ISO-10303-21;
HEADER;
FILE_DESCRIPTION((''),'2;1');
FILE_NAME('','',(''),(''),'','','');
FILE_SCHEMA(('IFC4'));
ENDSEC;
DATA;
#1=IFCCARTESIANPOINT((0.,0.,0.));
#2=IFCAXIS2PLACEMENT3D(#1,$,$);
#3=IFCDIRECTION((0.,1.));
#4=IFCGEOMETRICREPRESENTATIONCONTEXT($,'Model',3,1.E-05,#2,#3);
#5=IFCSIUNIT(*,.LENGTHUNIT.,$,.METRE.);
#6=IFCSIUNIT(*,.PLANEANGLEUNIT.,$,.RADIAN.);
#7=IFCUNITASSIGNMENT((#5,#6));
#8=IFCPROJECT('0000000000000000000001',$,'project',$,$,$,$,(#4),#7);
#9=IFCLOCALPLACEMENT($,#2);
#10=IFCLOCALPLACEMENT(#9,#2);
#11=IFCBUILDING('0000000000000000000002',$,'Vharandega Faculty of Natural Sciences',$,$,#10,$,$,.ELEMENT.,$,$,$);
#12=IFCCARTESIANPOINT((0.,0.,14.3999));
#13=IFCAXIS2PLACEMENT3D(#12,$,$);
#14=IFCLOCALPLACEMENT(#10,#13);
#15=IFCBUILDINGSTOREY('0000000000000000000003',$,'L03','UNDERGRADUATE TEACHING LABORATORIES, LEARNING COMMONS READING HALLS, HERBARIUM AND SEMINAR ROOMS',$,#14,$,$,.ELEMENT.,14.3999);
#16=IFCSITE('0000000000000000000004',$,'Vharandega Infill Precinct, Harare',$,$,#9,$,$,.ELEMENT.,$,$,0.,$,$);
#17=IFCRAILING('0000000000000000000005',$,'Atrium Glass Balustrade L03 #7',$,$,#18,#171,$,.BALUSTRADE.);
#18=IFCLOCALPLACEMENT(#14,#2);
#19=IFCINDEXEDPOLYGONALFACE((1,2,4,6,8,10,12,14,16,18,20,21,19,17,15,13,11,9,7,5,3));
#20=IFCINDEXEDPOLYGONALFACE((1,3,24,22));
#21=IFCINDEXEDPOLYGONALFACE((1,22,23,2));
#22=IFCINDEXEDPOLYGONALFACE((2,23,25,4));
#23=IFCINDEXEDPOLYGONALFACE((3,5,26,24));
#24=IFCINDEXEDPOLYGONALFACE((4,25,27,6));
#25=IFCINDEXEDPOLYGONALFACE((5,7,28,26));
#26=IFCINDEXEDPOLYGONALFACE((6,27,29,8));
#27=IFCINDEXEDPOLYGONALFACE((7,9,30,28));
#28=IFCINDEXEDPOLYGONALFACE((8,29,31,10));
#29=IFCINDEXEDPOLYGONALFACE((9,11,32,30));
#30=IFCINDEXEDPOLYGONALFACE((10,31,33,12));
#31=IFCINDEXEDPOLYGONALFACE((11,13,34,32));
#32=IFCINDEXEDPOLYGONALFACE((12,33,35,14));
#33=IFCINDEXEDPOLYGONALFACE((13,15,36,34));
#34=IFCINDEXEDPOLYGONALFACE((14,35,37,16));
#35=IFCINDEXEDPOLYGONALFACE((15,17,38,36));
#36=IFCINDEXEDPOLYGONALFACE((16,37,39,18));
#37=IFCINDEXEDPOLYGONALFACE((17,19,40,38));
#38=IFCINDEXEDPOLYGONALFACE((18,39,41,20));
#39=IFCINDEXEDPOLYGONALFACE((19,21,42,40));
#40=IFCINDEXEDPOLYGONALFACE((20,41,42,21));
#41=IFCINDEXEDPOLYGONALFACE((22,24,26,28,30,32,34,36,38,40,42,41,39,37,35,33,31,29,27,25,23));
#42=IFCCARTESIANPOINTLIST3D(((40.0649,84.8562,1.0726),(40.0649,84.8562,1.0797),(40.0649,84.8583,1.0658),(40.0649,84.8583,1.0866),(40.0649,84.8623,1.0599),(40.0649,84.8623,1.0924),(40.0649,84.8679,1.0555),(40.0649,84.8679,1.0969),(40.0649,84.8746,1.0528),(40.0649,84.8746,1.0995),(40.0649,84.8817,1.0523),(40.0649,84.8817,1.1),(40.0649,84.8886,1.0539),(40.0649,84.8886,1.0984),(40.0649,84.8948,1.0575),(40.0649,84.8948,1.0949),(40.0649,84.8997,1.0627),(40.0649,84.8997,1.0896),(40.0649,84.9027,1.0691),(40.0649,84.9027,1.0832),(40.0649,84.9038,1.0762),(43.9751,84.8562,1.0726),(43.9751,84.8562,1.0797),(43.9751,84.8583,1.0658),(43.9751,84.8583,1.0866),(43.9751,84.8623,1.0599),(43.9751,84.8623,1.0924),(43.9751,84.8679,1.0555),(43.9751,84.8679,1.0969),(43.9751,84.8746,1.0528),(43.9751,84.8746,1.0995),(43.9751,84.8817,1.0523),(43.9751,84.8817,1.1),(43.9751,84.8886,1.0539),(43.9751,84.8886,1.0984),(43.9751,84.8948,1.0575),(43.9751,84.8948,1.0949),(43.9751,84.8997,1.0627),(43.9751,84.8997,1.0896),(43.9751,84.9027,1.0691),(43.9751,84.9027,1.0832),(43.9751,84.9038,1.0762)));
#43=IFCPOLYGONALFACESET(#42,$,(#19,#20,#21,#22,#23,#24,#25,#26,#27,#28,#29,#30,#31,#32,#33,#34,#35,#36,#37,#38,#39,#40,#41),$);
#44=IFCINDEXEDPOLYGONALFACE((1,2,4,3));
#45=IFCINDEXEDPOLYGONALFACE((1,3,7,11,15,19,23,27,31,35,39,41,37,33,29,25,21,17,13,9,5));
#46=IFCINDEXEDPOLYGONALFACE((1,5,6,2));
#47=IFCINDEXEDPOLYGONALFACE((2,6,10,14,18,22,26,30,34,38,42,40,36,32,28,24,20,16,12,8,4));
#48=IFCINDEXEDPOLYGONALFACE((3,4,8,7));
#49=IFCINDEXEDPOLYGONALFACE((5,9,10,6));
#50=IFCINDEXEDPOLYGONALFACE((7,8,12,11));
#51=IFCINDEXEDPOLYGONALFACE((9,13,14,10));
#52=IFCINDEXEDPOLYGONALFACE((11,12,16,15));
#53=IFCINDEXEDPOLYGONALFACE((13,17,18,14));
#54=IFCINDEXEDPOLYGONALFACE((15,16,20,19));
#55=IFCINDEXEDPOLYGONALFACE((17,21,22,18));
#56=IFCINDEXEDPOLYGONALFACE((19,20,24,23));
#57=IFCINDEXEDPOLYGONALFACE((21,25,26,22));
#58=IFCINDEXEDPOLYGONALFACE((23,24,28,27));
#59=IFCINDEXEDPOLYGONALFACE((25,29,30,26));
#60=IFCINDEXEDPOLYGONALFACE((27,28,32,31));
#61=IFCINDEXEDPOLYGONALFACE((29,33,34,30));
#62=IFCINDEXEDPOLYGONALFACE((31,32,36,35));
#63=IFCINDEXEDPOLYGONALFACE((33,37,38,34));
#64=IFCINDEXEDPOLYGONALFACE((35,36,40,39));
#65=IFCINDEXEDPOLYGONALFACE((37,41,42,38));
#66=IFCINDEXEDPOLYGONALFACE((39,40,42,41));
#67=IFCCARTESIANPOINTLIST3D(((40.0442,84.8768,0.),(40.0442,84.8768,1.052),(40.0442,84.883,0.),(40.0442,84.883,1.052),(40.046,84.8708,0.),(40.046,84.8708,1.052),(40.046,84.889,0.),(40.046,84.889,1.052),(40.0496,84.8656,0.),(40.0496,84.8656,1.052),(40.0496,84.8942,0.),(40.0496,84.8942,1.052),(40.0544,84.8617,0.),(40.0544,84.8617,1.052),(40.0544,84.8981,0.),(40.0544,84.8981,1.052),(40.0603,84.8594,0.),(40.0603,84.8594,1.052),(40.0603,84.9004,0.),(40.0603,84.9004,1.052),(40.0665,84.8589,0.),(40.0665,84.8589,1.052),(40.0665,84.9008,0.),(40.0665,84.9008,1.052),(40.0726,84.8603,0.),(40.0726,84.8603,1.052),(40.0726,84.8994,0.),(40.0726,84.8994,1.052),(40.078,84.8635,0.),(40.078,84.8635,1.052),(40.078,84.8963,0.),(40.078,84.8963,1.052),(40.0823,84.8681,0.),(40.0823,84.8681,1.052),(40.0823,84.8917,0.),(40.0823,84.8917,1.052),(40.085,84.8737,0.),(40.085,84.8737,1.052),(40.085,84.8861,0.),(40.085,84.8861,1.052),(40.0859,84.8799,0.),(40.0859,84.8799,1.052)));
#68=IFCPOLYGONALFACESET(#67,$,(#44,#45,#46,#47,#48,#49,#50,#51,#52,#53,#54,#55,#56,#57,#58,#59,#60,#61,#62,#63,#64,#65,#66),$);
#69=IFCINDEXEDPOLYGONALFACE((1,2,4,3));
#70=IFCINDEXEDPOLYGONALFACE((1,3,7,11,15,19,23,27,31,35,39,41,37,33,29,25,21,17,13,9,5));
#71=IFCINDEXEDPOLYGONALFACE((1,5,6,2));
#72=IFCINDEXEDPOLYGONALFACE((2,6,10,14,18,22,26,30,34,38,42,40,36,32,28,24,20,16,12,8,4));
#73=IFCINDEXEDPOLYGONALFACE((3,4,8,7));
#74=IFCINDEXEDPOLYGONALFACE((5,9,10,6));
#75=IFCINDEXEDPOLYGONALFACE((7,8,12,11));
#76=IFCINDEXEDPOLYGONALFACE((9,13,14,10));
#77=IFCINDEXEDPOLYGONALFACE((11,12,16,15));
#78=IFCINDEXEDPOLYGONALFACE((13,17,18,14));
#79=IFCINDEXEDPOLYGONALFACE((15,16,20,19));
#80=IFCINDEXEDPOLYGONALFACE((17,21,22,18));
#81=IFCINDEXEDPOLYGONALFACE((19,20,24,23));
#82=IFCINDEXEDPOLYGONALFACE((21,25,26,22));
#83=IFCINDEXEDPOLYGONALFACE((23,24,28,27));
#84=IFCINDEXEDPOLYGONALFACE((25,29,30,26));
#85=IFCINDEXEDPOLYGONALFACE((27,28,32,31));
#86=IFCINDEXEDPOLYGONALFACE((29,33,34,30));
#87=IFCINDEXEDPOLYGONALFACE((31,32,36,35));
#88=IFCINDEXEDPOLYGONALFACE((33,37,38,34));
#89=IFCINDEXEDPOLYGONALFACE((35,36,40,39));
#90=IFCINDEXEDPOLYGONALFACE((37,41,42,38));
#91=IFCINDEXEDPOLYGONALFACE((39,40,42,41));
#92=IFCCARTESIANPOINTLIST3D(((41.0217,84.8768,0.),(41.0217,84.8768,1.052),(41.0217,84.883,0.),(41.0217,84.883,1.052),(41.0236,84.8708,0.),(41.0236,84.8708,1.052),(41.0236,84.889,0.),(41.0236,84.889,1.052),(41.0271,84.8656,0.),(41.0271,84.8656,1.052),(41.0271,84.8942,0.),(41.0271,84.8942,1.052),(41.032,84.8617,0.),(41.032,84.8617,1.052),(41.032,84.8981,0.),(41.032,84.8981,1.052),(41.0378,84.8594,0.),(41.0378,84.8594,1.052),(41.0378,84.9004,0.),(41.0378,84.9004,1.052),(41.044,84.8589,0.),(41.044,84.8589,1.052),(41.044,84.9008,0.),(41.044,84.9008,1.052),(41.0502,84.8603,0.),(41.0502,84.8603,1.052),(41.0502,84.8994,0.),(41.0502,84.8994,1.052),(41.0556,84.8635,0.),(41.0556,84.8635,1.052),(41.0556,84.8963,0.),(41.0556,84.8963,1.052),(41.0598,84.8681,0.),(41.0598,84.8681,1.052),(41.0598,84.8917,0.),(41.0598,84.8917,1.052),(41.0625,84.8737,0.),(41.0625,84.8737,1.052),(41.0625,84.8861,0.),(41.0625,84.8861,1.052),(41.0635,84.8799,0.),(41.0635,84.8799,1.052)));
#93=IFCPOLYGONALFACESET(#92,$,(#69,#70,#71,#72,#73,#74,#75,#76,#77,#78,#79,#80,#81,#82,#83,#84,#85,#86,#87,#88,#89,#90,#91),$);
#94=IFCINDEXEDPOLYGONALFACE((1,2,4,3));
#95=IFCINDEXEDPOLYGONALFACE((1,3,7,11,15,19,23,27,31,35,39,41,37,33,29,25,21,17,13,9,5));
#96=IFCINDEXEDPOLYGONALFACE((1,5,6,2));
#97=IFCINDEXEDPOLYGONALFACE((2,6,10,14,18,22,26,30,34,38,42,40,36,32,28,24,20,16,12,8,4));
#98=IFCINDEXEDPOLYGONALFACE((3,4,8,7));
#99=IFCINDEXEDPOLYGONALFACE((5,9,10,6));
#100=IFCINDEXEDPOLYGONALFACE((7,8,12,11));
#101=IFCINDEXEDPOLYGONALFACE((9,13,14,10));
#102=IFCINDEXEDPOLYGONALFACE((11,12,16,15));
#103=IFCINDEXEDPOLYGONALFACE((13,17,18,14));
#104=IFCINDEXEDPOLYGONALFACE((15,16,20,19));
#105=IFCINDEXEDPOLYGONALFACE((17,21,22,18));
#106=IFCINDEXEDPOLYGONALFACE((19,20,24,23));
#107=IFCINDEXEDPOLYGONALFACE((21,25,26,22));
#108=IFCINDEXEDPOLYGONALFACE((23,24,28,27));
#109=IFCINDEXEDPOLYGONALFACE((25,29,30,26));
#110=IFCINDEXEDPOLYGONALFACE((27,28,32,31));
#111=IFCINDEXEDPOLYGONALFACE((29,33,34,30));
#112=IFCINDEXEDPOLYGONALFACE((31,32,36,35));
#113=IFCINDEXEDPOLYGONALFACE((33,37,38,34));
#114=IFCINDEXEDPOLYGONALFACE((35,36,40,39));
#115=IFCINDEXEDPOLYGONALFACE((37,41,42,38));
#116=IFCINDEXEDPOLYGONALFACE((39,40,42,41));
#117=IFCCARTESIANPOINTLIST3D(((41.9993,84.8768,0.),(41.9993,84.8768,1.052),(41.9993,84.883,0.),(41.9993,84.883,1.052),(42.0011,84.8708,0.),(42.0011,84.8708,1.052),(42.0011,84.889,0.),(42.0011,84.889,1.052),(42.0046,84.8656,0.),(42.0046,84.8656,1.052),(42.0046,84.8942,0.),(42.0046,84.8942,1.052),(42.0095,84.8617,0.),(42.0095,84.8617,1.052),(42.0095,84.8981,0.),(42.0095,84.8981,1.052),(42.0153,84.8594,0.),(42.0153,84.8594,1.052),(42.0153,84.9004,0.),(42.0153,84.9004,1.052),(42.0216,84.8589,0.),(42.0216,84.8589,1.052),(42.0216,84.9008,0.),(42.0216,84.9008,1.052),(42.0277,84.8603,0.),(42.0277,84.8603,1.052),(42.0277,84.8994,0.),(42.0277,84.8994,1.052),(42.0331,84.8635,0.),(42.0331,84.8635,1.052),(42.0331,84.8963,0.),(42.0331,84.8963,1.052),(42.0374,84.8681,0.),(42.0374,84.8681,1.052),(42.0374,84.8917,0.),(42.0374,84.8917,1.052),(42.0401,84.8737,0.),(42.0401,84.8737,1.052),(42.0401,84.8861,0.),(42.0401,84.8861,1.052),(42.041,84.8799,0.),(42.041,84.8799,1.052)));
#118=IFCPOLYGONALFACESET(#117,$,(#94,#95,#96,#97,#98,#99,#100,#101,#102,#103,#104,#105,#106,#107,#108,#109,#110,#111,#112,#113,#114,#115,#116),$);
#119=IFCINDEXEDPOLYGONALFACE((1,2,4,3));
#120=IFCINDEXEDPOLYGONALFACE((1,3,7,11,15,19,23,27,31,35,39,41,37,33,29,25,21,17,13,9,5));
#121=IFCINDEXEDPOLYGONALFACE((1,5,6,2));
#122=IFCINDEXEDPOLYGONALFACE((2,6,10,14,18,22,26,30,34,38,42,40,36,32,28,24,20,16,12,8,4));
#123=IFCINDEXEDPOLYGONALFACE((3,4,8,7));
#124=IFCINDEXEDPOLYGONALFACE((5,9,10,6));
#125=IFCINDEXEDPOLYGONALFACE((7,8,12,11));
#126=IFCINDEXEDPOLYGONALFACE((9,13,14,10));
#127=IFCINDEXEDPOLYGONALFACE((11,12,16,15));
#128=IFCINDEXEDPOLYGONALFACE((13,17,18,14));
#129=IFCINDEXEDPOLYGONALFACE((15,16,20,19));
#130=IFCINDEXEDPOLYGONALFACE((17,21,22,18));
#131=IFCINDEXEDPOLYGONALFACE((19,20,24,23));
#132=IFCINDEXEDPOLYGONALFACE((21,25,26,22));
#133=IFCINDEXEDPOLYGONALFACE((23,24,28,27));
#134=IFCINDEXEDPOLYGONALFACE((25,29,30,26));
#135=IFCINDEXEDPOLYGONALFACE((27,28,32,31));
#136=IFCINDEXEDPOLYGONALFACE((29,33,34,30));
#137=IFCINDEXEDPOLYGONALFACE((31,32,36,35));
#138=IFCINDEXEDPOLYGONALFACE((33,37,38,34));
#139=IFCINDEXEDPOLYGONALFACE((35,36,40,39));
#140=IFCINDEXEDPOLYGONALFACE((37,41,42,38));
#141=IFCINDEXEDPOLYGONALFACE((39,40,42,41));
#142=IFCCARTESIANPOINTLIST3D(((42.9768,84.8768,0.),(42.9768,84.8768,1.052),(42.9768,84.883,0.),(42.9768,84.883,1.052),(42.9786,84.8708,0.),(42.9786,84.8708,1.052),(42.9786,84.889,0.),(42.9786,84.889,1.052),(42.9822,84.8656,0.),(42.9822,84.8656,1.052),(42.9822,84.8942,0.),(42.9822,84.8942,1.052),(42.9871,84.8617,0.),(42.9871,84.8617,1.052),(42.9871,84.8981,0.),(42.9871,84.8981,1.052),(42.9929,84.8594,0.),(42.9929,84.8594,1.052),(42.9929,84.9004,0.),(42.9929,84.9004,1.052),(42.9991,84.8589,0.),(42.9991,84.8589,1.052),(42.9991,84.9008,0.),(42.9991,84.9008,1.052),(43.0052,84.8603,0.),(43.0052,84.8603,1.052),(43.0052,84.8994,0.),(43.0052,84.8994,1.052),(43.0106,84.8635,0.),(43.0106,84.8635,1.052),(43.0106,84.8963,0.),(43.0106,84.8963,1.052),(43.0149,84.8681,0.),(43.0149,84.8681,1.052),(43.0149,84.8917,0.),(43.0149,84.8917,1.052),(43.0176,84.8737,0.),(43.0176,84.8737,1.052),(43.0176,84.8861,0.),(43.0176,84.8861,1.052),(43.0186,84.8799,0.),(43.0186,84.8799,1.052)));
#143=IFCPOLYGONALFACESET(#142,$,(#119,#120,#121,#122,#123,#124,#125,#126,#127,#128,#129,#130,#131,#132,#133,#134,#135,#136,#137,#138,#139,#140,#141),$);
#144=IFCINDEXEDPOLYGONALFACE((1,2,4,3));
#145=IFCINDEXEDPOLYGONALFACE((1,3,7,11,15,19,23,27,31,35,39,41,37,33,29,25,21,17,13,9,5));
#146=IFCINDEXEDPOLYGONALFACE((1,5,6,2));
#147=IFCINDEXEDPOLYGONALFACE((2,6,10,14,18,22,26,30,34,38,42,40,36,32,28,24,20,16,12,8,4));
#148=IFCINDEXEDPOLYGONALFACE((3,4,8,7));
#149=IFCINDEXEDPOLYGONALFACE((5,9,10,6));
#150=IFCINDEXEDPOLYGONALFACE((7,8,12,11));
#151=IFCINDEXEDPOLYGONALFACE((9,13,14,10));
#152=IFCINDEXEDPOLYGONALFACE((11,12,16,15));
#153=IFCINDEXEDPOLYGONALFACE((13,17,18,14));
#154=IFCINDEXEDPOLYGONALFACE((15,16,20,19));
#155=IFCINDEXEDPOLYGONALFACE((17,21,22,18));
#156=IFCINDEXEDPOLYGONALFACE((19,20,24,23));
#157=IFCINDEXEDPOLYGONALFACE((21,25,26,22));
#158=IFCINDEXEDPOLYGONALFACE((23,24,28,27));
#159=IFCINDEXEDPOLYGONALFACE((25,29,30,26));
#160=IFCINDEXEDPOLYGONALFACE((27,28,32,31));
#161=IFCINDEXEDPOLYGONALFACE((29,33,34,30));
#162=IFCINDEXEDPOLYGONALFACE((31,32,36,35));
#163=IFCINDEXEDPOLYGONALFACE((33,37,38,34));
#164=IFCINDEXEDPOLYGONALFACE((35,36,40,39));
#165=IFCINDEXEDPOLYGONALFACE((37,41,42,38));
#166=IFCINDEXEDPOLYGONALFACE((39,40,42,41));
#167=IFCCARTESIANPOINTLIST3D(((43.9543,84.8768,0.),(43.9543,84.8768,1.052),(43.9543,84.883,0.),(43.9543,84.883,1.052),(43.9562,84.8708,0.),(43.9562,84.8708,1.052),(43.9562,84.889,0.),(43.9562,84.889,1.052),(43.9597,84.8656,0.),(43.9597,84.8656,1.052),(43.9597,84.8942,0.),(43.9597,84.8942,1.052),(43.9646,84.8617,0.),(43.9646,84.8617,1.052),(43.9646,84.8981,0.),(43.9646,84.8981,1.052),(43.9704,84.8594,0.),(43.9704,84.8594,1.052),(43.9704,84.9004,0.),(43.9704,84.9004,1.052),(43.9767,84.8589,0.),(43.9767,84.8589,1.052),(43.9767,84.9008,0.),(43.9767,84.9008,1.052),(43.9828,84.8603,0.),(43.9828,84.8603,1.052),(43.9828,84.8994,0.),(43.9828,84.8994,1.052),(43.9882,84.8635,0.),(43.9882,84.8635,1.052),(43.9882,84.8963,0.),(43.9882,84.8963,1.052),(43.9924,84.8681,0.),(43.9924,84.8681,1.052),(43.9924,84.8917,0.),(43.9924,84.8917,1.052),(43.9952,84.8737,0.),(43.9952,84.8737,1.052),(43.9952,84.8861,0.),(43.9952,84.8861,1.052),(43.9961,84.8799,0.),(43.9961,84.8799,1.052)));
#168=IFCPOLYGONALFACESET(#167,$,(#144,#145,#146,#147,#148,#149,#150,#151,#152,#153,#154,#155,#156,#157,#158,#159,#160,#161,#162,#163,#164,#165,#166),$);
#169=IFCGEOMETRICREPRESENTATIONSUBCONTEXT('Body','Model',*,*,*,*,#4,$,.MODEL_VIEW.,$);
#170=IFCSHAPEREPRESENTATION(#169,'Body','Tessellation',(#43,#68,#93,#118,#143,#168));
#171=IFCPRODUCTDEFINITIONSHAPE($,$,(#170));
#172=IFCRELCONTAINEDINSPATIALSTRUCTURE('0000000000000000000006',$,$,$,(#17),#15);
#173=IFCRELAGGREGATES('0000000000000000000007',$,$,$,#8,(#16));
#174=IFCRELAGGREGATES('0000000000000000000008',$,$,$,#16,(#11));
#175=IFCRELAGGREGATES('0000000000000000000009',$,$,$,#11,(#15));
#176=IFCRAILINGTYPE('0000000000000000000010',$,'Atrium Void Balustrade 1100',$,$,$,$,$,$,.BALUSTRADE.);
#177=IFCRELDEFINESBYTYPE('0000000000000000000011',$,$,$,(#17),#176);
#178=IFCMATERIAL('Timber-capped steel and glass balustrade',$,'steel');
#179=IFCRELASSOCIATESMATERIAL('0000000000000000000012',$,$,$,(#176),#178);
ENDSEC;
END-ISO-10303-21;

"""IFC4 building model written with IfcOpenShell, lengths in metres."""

from ifc_helpers import new_model, si_unit, direction, frame, origin, origin_2d, place, context, subcontext, project, spatial, circle, extrude, material, type_object, element, save


model = new_model("IFC4")

# Units and contexts
model_context = context("Model", 3, precision=1e-05, world=origin(), true_north=direction((0.0, 1.0)))
body_context = subcontext(model_context, "Body", "Model", "MODEL_VIEW")
ifc_project = project(units=[si_unit("LENGTHUNIT", "METRE"), si_unit("PLANEANGLEUNIT", "RADIAN")], contexts=[model_context])

# Site, building, storey
site_placement = place(None, origin())
site = spatial("IfcSite", under=ifc_project, at=site_placement, Name="Vharandega Infill Precinct, Harare", CompositionType="ELEMENT", RefElevation=0.0)
building_placement = place(site_placement, origin())
building = spatial("IfcBuilding", under=site, at=building_placement, Name="Vharandega Faculty of Natural Sciences", CompositionType="ELEMENT")
storey_placement = place(building_placement, frame((0.0, 0.0, 14.3999)))
storey = spatial("IfcBuildingStorey", under=building, at=storey_placement, Name="L03", Description="UNDERGRADUATE TEACHING LABORATORIES, LEARNING COMMONS READING HALLS, HERBARIUM AND SEMINAR ROOMS", CompositionType="ELEMENT", Elevation=14.3999)

# Railing
ifc_material_1 = material(Name="Timber-capped steel and glass balustrade", Category="steel")
railing_type = type_object("IfcRailingType", Name="Atrium Void Balustrade 1100", PredefinedType="BALUSTRADE", material=ifc_material_1)
for number, where, name in (
    (1, (40.0649, 84.8799, 0.0), "Atrium Glass Balustrade L03 #7"),
):
    element("IfcRailing", number, at=place(storey_placement, frame(where)), inside=storey, type_object=railing_type, Name=name, PredefinedType="BALUSTRADE", context=body_context, shape_type="SweptSolid", body=[
        extrude(circle(Radius=0.0239, at=origin_2d()), frame((0.0, 0.0, 1.0762), z_axis=(1.0, 0.0, 0.0), x_axis=(0.0, 1.0, 0.0)), (0.0, 0.0, 1.0), 3.9102),
        extrude(circle(Radius=0.021, at=origin_2d()), origin(), (0.0, 0.0, 1.0), 1.052),
        extrude(circle(Radius=0.021, at=origin_2d()), frame((0.9775, 0.0, 0.0)), (0.0, 0.0, 1.0), 1.052),
        extrude(circle(Radius=0.021, at=origin_2d()), frame((1.9551, 0.0, 0.0)), (0.0, 0.0, 1.0), 1.052),
        extrude(circle(Radius=0.021, at=origin_2d()), frame((2.9326, 0.0, 0.0)), (0.0, 0.0, 1.0), 1.052),
        extrude(circle(Radius=0.021, at=origin_2d()), frame((3.9102, 0.0, 0.0)), (0.0, 0.0, 1.0), 1.052),
    ])

save(model, "model.ifc")
